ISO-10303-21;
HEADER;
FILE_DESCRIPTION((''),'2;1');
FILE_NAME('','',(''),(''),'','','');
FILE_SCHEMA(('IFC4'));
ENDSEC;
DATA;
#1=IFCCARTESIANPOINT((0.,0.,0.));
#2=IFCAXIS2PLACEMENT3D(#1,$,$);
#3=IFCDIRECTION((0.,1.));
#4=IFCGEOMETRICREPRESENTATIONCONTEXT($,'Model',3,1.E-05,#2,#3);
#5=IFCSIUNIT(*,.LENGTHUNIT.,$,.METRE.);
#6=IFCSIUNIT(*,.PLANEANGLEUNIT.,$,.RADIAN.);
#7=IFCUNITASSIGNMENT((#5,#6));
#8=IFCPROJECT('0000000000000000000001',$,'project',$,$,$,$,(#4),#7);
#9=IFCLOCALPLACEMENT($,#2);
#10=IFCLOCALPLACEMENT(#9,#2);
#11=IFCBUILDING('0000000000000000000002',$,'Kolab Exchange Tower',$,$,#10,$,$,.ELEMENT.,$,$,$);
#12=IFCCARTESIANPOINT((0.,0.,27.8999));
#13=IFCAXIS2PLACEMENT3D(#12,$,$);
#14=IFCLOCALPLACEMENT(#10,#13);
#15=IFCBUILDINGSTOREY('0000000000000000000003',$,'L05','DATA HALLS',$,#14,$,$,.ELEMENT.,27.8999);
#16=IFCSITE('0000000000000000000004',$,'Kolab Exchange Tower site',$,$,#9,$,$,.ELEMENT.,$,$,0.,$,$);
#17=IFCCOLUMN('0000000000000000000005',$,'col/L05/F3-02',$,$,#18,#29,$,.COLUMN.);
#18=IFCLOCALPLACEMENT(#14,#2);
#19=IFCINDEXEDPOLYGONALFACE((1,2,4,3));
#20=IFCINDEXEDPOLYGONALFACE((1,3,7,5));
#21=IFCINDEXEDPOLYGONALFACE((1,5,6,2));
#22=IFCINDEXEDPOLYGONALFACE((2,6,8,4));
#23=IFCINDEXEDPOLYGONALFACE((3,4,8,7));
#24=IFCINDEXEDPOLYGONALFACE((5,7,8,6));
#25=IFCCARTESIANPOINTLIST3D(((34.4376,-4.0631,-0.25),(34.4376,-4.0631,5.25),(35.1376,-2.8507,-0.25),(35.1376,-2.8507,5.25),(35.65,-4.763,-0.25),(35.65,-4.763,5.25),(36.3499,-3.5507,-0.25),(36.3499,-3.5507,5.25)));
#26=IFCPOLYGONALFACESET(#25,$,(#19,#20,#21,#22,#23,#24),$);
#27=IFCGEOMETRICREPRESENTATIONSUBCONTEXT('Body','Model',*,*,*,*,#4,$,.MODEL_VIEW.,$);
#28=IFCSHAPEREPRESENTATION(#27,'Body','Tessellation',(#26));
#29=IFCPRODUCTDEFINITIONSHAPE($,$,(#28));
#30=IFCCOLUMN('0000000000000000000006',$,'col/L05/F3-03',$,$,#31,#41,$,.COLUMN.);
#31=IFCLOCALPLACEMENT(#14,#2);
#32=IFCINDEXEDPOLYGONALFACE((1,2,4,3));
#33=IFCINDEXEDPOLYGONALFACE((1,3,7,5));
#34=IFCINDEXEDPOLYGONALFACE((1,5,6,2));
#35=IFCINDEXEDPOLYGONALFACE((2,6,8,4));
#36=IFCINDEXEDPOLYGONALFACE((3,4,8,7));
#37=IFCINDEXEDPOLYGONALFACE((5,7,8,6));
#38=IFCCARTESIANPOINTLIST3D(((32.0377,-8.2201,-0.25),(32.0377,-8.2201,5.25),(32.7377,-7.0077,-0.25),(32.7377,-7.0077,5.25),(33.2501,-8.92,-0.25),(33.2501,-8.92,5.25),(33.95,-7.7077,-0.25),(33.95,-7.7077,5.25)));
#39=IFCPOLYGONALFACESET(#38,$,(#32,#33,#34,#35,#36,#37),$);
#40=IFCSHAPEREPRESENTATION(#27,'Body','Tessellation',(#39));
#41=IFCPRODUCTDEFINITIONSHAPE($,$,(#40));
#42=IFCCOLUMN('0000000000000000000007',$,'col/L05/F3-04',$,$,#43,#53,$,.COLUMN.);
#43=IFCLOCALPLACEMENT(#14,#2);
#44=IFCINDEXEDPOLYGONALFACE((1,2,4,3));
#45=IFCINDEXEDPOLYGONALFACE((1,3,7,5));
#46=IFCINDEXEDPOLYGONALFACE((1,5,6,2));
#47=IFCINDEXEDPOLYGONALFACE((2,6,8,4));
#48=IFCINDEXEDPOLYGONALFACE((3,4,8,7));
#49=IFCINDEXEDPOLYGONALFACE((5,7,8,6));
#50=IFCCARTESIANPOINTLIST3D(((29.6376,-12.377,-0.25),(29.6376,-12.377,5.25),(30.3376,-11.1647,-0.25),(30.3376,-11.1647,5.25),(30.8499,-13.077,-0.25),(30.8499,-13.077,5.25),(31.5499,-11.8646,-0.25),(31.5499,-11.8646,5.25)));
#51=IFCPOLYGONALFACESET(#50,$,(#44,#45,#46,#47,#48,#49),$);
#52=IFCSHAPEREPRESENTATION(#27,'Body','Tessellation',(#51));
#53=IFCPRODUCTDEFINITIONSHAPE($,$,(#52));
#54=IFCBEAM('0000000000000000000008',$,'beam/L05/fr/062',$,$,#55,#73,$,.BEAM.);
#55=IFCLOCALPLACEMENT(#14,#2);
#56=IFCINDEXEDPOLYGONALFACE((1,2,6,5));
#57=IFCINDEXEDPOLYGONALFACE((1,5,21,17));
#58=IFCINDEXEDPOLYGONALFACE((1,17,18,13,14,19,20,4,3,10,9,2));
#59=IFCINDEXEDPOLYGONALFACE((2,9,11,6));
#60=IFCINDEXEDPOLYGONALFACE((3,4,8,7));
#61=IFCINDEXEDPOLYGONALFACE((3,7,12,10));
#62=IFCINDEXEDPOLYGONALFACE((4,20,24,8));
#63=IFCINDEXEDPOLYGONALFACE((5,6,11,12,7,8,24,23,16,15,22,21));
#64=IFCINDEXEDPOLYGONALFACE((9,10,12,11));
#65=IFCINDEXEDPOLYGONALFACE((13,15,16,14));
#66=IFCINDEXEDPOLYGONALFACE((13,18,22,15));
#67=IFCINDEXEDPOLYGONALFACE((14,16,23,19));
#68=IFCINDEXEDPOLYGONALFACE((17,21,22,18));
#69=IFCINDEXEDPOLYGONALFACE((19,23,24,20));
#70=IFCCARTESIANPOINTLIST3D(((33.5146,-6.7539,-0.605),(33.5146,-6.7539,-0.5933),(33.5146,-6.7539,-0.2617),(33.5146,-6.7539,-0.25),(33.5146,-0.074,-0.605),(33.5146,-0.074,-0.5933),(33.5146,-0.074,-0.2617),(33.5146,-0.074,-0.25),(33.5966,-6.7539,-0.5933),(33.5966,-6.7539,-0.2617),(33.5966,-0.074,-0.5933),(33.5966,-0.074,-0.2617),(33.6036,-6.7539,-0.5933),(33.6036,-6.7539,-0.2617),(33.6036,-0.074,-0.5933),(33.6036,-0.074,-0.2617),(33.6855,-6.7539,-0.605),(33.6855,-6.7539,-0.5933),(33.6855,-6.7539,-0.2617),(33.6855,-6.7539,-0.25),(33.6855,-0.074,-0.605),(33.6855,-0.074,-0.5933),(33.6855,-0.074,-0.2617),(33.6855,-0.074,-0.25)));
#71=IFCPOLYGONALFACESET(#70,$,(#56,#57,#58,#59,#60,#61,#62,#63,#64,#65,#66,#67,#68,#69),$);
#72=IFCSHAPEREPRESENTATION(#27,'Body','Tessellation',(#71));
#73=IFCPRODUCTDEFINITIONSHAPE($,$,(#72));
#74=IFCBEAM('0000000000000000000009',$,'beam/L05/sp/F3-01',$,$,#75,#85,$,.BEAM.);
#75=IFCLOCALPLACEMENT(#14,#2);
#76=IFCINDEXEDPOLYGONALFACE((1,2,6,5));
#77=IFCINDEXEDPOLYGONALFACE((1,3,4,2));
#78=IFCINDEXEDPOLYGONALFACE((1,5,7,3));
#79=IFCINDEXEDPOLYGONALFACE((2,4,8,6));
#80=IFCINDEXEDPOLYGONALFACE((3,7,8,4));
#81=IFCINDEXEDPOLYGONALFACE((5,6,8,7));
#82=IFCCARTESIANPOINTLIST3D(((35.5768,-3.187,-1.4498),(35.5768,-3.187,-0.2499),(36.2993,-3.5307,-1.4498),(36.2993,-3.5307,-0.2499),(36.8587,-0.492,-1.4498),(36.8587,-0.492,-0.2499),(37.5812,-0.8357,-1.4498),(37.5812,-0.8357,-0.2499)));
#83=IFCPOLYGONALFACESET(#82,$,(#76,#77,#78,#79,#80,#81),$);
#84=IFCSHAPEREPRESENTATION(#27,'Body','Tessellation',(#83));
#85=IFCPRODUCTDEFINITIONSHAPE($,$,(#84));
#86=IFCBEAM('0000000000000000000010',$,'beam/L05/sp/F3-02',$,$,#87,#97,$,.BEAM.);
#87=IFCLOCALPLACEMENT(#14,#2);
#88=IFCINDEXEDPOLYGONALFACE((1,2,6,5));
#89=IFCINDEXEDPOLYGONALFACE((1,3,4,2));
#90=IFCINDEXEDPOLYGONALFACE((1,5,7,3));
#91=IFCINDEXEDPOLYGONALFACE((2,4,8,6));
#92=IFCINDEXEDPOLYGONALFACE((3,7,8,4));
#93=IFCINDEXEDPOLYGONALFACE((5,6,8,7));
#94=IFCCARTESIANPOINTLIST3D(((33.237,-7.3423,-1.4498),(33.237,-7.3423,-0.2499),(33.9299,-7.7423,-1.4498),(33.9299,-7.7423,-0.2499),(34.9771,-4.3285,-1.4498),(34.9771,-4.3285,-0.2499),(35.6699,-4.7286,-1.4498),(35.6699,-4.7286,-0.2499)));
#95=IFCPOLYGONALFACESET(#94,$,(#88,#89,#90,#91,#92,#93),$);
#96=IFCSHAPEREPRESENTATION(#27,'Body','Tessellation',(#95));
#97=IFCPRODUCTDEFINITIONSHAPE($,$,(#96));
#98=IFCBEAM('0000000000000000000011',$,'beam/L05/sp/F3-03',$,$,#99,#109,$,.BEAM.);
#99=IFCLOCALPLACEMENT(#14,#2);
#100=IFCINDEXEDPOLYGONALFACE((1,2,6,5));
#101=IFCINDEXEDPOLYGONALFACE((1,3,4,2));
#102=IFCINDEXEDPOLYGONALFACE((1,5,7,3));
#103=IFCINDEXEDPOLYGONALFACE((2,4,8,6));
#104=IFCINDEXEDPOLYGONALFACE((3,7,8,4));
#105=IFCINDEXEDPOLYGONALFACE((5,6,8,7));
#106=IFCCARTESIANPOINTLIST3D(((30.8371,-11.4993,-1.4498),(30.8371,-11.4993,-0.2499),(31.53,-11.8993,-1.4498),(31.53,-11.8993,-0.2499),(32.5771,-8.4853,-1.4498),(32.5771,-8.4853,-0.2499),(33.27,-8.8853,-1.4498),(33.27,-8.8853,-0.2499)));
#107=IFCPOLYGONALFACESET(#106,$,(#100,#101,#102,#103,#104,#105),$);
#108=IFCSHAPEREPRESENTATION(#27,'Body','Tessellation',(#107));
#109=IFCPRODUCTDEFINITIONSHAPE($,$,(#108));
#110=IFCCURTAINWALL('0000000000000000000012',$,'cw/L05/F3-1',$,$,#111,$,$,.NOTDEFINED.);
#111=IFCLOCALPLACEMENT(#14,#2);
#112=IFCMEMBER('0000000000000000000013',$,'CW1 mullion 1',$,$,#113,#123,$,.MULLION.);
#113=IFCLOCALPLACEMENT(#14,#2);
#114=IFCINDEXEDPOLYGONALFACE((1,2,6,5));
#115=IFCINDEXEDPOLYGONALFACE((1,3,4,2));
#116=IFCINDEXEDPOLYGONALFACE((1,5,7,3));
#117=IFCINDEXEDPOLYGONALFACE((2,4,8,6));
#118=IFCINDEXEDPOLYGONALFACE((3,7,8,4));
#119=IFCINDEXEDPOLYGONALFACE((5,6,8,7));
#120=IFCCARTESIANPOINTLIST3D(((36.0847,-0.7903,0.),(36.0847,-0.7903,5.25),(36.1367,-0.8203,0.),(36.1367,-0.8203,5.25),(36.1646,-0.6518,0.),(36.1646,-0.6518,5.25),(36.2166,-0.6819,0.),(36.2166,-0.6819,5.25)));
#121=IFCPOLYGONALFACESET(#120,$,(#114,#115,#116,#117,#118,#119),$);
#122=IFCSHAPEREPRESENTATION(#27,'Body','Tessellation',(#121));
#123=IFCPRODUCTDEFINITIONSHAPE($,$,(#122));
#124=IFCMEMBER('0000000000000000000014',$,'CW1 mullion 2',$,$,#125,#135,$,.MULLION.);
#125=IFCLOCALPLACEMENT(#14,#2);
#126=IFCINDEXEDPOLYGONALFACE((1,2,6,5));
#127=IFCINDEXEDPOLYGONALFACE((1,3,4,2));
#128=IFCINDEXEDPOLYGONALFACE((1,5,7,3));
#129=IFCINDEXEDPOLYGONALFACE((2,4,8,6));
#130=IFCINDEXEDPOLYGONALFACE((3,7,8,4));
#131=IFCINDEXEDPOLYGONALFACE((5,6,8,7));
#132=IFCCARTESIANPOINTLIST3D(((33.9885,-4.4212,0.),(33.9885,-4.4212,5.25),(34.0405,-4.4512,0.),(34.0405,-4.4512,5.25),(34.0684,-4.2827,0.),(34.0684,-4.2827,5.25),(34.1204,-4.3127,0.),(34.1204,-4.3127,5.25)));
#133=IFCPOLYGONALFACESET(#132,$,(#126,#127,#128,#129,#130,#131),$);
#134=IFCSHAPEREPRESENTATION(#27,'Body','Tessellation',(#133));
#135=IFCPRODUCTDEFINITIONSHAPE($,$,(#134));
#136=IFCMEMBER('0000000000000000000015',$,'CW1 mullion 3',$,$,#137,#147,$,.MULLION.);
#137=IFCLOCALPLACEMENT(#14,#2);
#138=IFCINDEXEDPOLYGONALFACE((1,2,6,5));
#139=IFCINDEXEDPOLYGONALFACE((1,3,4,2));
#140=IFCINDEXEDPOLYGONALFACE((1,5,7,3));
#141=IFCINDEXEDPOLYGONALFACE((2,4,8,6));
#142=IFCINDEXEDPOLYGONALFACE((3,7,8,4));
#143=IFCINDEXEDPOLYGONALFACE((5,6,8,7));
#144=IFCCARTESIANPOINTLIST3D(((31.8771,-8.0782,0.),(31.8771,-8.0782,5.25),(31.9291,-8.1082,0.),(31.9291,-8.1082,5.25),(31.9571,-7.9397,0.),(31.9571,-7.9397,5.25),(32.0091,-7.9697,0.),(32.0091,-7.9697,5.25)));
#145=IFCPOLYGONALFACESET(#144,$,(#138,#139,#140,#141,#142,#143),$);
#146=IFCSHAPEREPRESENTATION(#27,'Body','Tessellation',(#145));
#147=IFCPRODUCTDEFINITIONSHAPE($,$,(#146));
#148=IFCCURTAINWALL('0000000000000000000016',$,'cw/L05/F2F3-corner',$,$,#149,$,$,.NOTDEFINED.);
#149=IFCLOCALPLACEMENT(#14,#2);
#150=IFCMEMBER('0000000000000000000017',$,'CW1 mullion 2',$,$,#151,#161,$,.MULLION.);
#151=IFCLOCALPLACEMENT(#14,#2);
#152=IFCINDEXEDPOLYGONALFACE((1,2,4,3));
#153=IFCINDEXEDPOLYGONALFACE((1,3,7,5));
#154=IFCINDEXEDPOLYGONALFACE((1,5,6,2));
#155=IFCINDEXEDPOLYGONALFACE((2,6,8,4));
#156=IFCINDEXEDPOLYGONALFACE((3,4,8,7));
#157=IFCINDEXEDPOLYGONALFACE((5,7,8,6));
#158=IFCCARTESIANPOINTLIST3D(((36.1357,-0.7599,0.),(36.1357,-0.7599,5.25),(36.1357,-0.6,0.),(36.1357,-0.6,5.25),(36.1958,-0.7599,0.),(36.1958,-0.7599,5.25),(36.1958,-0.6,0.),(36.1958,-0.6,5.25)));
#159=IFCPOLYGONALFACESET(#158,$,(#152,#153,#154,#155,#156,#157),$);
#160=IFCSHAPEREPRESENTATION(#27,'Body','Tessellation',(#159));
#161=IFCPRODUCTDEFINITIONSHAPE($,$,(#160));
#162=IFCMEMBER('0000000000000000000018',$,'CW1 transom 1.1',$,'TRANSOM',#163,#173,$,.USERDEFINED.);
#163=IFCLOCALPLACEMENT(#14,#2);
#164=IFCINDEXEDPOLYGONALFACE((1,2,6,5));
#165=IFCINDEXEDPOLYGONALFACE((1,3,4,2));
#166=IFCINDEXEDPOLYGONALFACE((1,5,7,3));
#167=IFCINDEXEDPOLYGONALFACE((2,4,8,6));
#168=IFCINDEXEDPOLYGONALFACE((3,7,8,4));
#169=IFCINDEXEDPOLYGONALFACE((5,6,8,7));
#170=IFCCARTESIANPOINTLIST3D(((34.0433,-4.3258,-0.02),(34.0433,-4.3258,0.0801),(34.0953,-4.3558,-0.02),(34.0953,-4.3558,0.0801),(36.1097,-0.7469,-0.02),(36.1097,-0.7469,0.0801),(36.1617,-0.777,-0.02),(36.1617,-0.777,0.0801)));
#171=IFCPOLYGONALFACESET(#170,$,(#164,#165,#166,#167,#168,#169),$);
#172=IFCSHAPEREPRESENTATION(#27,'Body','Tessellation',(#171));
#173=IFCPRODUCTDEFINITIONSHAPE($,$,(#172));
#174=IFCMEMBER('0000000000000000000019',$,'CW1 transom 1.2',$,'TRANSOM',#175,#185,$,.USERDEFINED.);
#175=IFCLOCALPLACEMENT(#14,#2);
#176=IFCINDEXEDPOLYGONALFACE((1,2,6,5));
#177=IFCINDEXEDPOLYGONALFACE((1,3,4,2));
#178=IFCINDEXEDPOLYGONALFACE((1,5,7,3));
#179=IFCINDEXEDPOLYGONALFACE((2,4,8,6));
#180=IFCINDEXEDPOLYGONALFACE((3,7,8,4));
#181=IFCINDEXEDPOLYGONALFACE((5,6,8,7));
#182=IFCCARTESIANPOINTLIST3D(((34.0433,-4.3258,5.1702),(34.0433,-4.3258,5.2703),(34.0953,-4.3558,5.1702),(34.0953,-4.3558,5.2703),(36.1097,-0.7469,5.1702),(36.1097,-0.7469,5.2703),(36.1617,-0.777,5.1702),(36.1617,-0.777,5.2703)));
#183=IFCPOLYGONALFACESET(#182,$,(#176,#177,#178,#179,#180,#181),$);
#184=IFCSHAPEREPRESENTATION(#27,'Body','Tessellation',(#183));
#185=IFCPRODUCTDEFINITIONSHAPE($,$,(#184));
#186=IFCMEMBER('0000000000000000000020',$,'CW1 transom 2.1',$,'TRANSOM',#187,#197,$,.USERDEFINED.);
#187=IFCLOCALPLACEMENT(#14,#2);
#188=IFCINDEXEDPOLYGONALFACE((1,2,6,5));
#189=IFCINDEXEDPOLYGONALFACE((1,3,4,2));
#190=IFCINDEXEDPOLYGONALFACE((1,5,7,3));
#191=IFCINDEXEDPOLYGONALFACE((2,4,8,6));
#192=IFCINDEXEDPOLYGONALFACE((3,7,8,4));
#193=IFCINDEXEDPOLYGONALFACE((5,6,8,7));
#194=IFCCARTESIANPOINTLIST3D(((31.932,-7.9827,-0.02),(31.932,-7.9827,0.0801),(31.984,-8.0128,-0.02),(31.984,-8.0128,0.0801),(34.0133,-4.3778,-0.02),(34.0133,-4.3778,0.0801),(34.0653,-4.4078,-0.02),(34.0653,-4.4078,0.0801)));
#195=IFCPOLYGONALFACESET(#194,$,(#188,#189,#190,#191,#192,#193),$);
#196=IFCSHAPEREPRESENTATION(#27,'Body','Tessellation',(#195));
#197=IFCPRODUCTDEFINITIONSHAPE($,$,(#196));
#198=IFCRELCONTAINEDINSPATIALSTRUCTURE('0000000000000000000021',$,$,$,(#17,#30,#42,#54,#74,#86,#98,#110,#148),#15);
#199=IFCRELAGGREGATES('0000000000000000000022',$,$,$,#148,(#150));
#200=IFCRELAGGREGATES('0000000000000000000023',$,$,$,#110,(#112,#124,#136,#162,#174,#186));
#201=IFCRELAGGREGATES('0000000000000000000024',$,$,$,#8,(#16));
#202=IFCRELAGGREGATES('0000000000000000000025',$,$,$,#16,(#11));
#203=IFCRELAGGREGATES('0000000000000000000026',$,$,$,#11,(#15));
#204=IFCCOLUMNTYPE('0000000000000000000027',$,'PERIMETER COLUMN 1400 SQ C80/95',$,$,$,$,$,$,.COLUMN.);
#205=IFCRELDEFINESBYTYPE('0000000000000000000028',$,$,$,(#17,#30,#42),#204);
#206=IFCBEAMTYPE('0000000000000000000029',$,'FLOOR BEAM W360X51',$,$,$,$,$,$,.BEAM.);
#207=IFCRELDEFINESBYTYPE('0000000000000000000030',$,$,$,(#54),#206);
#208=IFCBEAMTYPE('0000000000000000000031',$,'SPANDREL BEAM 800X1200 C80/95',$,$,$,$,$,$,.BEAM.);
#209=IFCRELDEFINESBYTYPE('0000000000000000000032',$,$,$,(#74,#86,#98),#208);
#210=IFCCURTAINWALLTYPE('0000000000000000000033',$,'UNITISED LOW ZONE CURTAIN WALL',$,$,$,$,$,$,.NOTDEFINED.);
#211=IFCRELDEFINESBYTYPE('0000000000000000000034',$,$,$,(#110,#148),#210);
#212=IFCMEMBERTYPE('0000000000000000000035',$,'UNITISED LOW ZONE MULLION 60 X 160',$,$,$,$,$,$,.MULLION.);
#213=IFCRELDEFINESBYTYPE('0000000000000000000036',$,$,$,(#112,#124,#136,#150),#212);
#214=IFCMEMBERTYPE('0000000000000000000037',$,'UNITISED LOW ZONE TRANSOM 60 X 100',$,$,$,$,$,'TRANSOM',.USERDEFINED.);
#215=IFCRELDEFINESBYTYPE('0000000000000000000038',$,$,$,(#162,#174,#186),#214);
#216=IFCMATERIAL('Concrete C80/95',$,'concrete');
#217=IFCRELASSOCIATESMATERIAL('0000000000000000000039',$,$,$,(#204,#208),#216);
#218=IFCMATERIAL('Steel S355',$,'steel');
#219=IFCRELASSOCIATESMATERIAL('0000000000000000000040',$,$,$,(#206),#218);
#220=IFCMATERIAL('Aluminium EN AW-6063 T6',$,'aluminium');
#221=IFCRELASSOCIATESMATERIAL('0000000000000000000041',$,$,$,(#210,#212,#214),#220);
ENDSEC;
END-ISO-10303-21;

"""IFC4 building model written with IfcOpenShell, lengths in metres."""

from ifc_helpers import new_model, si_unit, direction, frame, origin, origin_2d, place, context, subcontext, project, spatial, rectangle, i_section, extrude, material, material_profile, profile_set, type_object, element, aggregate, save


model = new_model("IFC4")

# Units and contexts
model_context = context("Model", 3, precision=1e-05, world=origin(), true_north=direction((0.0, 1.0)))
body_context = subcontext(model_context, "Body", "Model", "MODEL_VIEW")
ifc_project = project(units=[si_unit("LENGTHUNIT", "METRE"), si_unit("PLANEANGLEUNIT", "RADIAN")], contexts=[model_context])

# Site, building, storey
site_placement = place(None, origin())
site = spatial("IfcSite", under=ifc_project, at=site_placement, Name="Kolab Exchange Tower site", CompositionType="ELEMENT", RefElevation=0.0)
building_placement = place(site_placement, origin())
building = spatial("IfcBuilding", under=site, at=building_placement, Name="Kolab Exchange Tower", CompositionType="ELEMENT")
storey_placement = place(building_placement, frame((0.0, 0.0, 27.8999)))
storey = spatial("IfcBuildingStorey", under=building, at=storey_placement, Name="L05", Description="DATA HALLS", CompositionType="ELEMENT", Elevation=27.8999)

# Columns
ifc_material_1 = material(Name="Concrete C80/95", Category="concrete")
ifc_material_profile_1 = material_profile(ifc_material_1, rectangle(XDim=1.3999, YDim=1.3999, at=origin_2d()), Name="RC1400")
ifc_profile_set_1 = profile_set([ifc_material_profile_1], Name="Concrete C80/95")
column_type = type_object("IfcColumnType", Name="PERIMETER COLUMN 1400 SQ C80/95", PredefinedType="COLUMN", material=ifc_profile_set_1)
for number, where, z_axis, x_axis, name in (
    (1, (35.3938, -3.8069, -0.25), (0.0, 0.0, 1.0), (0.5, 0.866025, 0.0), "col/L05/F3-02"),
    (2, (32.9939, -7.9639, -0.25), (0.0, 0.0, 1.0), (0.5, 0.866025, 0.0), "col/L05/F3-03"),
    (3, (30.5938, -12.1208, -0.25), (0.0, 0.0, 1.0), (0.5, 0.866025, 0.0), "col/L05/F3-04"),
):
    element("IfcColumn", number, at=place(storey_placement, frame(where, z_axis=z_axis, x_axis=x_axis)), inside=storey, type_object=column_type, Name=name, PredefinedType="COLUMN", context=body_context, shape_type="SweptSolid", body=[
        extrude(rectangle(XDim=1.3999, YDim=1.3999, at=origin_2d()), origin(), (0.0, 0.0, 1.0), 5.5),
    ])

# Beams
ifc_material_2 = material(Name="Steel S355", Category="steel")
ifc_material_profile_2 = material_profile(ifc_material_2, i_section(OverallWidth=0.1709, OverallDepth=0.355, WebThickness=0.0071, FlangeThickness=0.0117, at=origin_2d()), Name="W360X51")
ifc_profile_set_2 = profile_set([ifc_material_profile_2], Name="Steel S355")
beam_type_1 = type_object("IfcBeamType", Name="FLOOR BEAM W360X51", PredefinedType="BEAM", material=ifc_profile_set_2)
beam_1_placement = place(storey_placement, frame((33.6001, -6.7539, -0.4275), z_axis=(0.0, 1.0, 0.0), x_axis=(-1.0, 0.0, 0.0)))
element("IfcBeam", 4, at=beam_1_placement, inside=storey, type_object=beam_type_1, Name="beam/L05/fr/062", PredefinedType="BEAM", context=body_context, shape_type="SweptSolid", body=[
    extrude(i_section(OverallWidth=0.1709, OverallDepth=0.355, WebThickness=0.0071, FlangeThickness=0.0117, at=origin_2d()), origin(), (0.0, 0.0, 1.0), 6.6799),
])
ifc_material_profile_3 = material_profile(ifc_material_1, rectangle(XDim=0.8, YDim=1.2, at=origin_2d()), Name="RC800X1200")
ifc_profile_set_3 = profile_set([ifc_material_profile_3], Name="Concrete C80/95")
beam_type_2 = type_object("IfcBeamType", Name="SPANDREL BEAM 800X1200 C80/95", PredefinedType="BEAM", material=ifc_profile_set_3)
beam_2_placement = place(storey_placement, frame((37.22, -0.6638, -0.8499), z_axis=(-0.429556, -0.90304, 0.0), x_axis=(0.90304, -0.429556, 0.0)))
element("IfcBeam", 5, at=beam_2_placement, inside=storey, type_object=beam_type_2, Name="beam/L05/sp/F3-01", PredefinedType="BEAM", context=body_context, shape_type="SweptSolid", body=[
    extrude(rectangle(XDim=0.8, YDim=1.2, at=origin_2d()), origin(), (0.0, 0.0, 1.0), 2.9844),
])
beam_3_placement = place(storey_placement, frame((35.3235, -4.5286, -0.8499), z_axis=(-0.50001, -0.86602, 0.0), x_axis=(0.86602, -0.50001, 0.0)))
element("IfcBeam", 6, at=beam_3_placement, inside=storey, type_object=beam_type_2, Name="beam/L05/sp/F3-02", PredefinedType="BEAM", context=body_context, shape_type="SweptSolid", body=[
    extrude(rectangle(XDim=0.8, YDim=1.2, at=origin_2d()), origin(), (0.0, 0.0, 1.0), 3.48),
])
beam_4_placement = place(storey_placement, frame((32.9236, -8.6853, -0.8499), z_axis=(-0.49998, -0.866037, 0.0), x_axis=(0.866037, -0.49998, 0.0)))
element("IfcBeam", 7, at=beam_4_placement, inside=storey, type_object=beam_type_2, Name="beam/L05/sp/F3-03", PredefinedType="BEAM", context=body_context, shape_type="SweptSolid", body=[
    extrude(rectangle(XDim=0.8, YDim=1.2, at=origin_2d()), origin(), (0.0, 0.0, 1.0), 3.4802),
])

# Curtain wall, members
ifc_material_3 = material(Name="Aluminium EN AW-6063 T6", Category="aluminium")
curtain_wall_type = type_object("IfcCurtainWallType", Name="UNITISED LOW ZONE CURTAIN WALL", PredefinedType="NOTDEFINED", material=ifc_material_3)
curtain_wall_1_placement = place(storey_placement, origin())
curtain_wall_1 = element("IfcCurtainWall", 8, at=curtain_wall_1_placement, inside=storey, type_object=curtain_wall_type, Name="cw/L05/F3-1", PredefinedType="NOTDEFINED")
ifc_material_profile_4 = material_profile(ifc_material_3, rectangle(XDim=0.0601, YDim=0.1599, at=origin_2d()), Name="RECT 60X160")
ifc_profile_set_4 = profile_set([ifc_material_profile_4], Name="Aluminium EN AW-6063 T6")
member_type_1 = type_object("IfcMemberType", Name="UNITISED LOW ZONE MULLION 60 X 160", PredefinedType="MULLION", material=ifc_profile_set_4)
member_1_placement = place(storey_placement, frame((36.1506, -0.7361, 0.0), z_axis=(0.0, 0.0, 1.0), x_axis=(0.866025, -0.5, 0.0)))
member_1 = element("IfcMember", 9, at=member_1_placement, type_object=member_type_1, Name="CW1 mullion 1", PredefinedType="MULLION", context=body_context, shape_type="SweptSolid", body=[
    extrude(rectangle(XDim=0.0601, YDim=0.1599, at=origin_2d()), origin(), (0.0, 0.0, 1.0), 5.25),
])
member_2_placement = place(storey_placement, frame((34.0544, -4.3669, 0.0), z_axis=(0.0, 0.0, 1.0), x_axis=(0.866025, -0.5, 0.0)))
member_2 = element("IfcMember", 10, at=member_2_placement, type_object=member_type_1, Name="CW1 mullion 2", PredefinedType="MULLION", context=body_context, shape_type="SweptSolid", body=[
    extrude(rectangle(XDim=0.0601, YDim=0.1599, at=origin_2d()), origin(), (0.0, 0.0, 1.0), 5.25),
])
member_3_placement = place(storey_placement, frame((31.9431, -8.0239, 0.0), z_axis=(0.0, 0.0, 1.0), x_axis=(0.866025, -0.5, 0.0)))
member_3 = element("IfcMember", 11, at=member_3_placement, type_object=member_type_1, Name="CW1 mullion 3", PredefinedType="MULLION", context=body_context, shape_type="SweptSolid", body=[
    extrude(rectangle(XDim=0.0601, YDim=0.1599, at=origin_2d()), origin(), (0.0, 0.0, 1.0), 5.25),
])

# Curtain wall, member
curtain_wall_2_placement = place(storey_placement, origin())
curtain_wall_2 = element("IfcCurtainWall", 12, at=curtain_wall_2_placement, inside=storey, type_object=curtain_wall_type, Name="cw/L05/F2F3-corner", PredefinedType="NOTDEFINED")
member_4_placement = place(storey_placement, frame((36.1658, -0.6799, 0.0), z_axis=(0.0, 0.0, 1.0), x_axis=(1.0, 0.0, 0.0)))
member_4 = element("IfcMember", 13, at=member_4_placement, type_object=member_type_1, Name="CW1 mullion 2", PredefinedType="MULLION", context=body_context, shape_type="SweptSolid", body=[
    extrude(rectangle(XDim=0.0601, YDim=0.1599, at=origin_2d()), origin(), (0.0, 0.0, 1.0), 5.25),
])
aggregate(curtain_wall_2, [member_4])

# Members
ifc_material_profile_5 = material_profile(ifc_material_3, rectangle(XDim=0.0601, YDim=0.1001, at=origin_2d()), Name="RECT 60X100")
ifc_profile_set_5 = profile_set([ifc_material_profile_5], Name="Aluminium EN AW-6063 T6")
member_type_2 = type_object("IfcMemberType", Name="UNITISED LOW ZONE TRANSOM 60 X 100", ElementType="TRANSOM", PredefinedType="USERDEFINED", material=ifc_profile_set_5)
member_5_placement = place(storey_placement, frame((36.1357, -0.762, 0.03), z_axis=(-0.500028, -0.866009, 0.0), x_axis=(0.866009, -0.500028, 0.0)))
member_5 = element("IfcMember", 14, at=member_5_placement, type_object=member_type_2, Name="CW1 transom 1.1", ObjectType="TRANSOM", PredefinedType="USERDEFINED", context=body_context, shape_type="SweptSolid", body=[
    extrude(rectangle(XDim=0.0601, YDim=0.1001, at=origin_2d()), origin(), (0.0, 0.0, 1.0), 4.1326),
])
member_6_placement = place(storey_placement, frame((36.1357, -0.762, 5.2202), z_axis=(-0.500028, -0.866009, 0.0), x_axis=(0.866009, -0.500028, 0.0)))
member_6 = element("IfcMember", 15, at=member_6_placement, type_object=member_type_2, Name="CW1 transom 1.2", ObjectType="TRANSOM", PredefinedType="USERDEFINED", context=body_context, shape_type="SweptSolid", body=[
    extrude(rectangle(XDim=0.0601, YDim=0.1001, at=origin_2d()), origin(), (0.0, 0.0, 1.0), 4.1326),
])
member_7_placement = place(storey_placement, frame((34.0393, -4.3928, 0.03), z_axis=(-0.499993, -0.866029, 0.0), x_axis=(0.866029, -0.499993, 0.0)))
member_7 = element("IfcMember", 16, at=member_7_placement, type_object=member_type_2, Name="CW1 transom 2.1", ObjectType="TRANSOM", PredefinedType="USERDEFINED", context=body_context, shape_type="SweptSolid", body=[
    extrude(rectangle(XDim=0.0601, YDim=0.1001, at=origin_2d()), origin(), (0.0, 0.0, 1.0), 4.1626),
])

aggregate(curtain_wall_1, [member_1, member_2, member_3, member_5, member_6, member_7])

save(model, "model.ifc")
